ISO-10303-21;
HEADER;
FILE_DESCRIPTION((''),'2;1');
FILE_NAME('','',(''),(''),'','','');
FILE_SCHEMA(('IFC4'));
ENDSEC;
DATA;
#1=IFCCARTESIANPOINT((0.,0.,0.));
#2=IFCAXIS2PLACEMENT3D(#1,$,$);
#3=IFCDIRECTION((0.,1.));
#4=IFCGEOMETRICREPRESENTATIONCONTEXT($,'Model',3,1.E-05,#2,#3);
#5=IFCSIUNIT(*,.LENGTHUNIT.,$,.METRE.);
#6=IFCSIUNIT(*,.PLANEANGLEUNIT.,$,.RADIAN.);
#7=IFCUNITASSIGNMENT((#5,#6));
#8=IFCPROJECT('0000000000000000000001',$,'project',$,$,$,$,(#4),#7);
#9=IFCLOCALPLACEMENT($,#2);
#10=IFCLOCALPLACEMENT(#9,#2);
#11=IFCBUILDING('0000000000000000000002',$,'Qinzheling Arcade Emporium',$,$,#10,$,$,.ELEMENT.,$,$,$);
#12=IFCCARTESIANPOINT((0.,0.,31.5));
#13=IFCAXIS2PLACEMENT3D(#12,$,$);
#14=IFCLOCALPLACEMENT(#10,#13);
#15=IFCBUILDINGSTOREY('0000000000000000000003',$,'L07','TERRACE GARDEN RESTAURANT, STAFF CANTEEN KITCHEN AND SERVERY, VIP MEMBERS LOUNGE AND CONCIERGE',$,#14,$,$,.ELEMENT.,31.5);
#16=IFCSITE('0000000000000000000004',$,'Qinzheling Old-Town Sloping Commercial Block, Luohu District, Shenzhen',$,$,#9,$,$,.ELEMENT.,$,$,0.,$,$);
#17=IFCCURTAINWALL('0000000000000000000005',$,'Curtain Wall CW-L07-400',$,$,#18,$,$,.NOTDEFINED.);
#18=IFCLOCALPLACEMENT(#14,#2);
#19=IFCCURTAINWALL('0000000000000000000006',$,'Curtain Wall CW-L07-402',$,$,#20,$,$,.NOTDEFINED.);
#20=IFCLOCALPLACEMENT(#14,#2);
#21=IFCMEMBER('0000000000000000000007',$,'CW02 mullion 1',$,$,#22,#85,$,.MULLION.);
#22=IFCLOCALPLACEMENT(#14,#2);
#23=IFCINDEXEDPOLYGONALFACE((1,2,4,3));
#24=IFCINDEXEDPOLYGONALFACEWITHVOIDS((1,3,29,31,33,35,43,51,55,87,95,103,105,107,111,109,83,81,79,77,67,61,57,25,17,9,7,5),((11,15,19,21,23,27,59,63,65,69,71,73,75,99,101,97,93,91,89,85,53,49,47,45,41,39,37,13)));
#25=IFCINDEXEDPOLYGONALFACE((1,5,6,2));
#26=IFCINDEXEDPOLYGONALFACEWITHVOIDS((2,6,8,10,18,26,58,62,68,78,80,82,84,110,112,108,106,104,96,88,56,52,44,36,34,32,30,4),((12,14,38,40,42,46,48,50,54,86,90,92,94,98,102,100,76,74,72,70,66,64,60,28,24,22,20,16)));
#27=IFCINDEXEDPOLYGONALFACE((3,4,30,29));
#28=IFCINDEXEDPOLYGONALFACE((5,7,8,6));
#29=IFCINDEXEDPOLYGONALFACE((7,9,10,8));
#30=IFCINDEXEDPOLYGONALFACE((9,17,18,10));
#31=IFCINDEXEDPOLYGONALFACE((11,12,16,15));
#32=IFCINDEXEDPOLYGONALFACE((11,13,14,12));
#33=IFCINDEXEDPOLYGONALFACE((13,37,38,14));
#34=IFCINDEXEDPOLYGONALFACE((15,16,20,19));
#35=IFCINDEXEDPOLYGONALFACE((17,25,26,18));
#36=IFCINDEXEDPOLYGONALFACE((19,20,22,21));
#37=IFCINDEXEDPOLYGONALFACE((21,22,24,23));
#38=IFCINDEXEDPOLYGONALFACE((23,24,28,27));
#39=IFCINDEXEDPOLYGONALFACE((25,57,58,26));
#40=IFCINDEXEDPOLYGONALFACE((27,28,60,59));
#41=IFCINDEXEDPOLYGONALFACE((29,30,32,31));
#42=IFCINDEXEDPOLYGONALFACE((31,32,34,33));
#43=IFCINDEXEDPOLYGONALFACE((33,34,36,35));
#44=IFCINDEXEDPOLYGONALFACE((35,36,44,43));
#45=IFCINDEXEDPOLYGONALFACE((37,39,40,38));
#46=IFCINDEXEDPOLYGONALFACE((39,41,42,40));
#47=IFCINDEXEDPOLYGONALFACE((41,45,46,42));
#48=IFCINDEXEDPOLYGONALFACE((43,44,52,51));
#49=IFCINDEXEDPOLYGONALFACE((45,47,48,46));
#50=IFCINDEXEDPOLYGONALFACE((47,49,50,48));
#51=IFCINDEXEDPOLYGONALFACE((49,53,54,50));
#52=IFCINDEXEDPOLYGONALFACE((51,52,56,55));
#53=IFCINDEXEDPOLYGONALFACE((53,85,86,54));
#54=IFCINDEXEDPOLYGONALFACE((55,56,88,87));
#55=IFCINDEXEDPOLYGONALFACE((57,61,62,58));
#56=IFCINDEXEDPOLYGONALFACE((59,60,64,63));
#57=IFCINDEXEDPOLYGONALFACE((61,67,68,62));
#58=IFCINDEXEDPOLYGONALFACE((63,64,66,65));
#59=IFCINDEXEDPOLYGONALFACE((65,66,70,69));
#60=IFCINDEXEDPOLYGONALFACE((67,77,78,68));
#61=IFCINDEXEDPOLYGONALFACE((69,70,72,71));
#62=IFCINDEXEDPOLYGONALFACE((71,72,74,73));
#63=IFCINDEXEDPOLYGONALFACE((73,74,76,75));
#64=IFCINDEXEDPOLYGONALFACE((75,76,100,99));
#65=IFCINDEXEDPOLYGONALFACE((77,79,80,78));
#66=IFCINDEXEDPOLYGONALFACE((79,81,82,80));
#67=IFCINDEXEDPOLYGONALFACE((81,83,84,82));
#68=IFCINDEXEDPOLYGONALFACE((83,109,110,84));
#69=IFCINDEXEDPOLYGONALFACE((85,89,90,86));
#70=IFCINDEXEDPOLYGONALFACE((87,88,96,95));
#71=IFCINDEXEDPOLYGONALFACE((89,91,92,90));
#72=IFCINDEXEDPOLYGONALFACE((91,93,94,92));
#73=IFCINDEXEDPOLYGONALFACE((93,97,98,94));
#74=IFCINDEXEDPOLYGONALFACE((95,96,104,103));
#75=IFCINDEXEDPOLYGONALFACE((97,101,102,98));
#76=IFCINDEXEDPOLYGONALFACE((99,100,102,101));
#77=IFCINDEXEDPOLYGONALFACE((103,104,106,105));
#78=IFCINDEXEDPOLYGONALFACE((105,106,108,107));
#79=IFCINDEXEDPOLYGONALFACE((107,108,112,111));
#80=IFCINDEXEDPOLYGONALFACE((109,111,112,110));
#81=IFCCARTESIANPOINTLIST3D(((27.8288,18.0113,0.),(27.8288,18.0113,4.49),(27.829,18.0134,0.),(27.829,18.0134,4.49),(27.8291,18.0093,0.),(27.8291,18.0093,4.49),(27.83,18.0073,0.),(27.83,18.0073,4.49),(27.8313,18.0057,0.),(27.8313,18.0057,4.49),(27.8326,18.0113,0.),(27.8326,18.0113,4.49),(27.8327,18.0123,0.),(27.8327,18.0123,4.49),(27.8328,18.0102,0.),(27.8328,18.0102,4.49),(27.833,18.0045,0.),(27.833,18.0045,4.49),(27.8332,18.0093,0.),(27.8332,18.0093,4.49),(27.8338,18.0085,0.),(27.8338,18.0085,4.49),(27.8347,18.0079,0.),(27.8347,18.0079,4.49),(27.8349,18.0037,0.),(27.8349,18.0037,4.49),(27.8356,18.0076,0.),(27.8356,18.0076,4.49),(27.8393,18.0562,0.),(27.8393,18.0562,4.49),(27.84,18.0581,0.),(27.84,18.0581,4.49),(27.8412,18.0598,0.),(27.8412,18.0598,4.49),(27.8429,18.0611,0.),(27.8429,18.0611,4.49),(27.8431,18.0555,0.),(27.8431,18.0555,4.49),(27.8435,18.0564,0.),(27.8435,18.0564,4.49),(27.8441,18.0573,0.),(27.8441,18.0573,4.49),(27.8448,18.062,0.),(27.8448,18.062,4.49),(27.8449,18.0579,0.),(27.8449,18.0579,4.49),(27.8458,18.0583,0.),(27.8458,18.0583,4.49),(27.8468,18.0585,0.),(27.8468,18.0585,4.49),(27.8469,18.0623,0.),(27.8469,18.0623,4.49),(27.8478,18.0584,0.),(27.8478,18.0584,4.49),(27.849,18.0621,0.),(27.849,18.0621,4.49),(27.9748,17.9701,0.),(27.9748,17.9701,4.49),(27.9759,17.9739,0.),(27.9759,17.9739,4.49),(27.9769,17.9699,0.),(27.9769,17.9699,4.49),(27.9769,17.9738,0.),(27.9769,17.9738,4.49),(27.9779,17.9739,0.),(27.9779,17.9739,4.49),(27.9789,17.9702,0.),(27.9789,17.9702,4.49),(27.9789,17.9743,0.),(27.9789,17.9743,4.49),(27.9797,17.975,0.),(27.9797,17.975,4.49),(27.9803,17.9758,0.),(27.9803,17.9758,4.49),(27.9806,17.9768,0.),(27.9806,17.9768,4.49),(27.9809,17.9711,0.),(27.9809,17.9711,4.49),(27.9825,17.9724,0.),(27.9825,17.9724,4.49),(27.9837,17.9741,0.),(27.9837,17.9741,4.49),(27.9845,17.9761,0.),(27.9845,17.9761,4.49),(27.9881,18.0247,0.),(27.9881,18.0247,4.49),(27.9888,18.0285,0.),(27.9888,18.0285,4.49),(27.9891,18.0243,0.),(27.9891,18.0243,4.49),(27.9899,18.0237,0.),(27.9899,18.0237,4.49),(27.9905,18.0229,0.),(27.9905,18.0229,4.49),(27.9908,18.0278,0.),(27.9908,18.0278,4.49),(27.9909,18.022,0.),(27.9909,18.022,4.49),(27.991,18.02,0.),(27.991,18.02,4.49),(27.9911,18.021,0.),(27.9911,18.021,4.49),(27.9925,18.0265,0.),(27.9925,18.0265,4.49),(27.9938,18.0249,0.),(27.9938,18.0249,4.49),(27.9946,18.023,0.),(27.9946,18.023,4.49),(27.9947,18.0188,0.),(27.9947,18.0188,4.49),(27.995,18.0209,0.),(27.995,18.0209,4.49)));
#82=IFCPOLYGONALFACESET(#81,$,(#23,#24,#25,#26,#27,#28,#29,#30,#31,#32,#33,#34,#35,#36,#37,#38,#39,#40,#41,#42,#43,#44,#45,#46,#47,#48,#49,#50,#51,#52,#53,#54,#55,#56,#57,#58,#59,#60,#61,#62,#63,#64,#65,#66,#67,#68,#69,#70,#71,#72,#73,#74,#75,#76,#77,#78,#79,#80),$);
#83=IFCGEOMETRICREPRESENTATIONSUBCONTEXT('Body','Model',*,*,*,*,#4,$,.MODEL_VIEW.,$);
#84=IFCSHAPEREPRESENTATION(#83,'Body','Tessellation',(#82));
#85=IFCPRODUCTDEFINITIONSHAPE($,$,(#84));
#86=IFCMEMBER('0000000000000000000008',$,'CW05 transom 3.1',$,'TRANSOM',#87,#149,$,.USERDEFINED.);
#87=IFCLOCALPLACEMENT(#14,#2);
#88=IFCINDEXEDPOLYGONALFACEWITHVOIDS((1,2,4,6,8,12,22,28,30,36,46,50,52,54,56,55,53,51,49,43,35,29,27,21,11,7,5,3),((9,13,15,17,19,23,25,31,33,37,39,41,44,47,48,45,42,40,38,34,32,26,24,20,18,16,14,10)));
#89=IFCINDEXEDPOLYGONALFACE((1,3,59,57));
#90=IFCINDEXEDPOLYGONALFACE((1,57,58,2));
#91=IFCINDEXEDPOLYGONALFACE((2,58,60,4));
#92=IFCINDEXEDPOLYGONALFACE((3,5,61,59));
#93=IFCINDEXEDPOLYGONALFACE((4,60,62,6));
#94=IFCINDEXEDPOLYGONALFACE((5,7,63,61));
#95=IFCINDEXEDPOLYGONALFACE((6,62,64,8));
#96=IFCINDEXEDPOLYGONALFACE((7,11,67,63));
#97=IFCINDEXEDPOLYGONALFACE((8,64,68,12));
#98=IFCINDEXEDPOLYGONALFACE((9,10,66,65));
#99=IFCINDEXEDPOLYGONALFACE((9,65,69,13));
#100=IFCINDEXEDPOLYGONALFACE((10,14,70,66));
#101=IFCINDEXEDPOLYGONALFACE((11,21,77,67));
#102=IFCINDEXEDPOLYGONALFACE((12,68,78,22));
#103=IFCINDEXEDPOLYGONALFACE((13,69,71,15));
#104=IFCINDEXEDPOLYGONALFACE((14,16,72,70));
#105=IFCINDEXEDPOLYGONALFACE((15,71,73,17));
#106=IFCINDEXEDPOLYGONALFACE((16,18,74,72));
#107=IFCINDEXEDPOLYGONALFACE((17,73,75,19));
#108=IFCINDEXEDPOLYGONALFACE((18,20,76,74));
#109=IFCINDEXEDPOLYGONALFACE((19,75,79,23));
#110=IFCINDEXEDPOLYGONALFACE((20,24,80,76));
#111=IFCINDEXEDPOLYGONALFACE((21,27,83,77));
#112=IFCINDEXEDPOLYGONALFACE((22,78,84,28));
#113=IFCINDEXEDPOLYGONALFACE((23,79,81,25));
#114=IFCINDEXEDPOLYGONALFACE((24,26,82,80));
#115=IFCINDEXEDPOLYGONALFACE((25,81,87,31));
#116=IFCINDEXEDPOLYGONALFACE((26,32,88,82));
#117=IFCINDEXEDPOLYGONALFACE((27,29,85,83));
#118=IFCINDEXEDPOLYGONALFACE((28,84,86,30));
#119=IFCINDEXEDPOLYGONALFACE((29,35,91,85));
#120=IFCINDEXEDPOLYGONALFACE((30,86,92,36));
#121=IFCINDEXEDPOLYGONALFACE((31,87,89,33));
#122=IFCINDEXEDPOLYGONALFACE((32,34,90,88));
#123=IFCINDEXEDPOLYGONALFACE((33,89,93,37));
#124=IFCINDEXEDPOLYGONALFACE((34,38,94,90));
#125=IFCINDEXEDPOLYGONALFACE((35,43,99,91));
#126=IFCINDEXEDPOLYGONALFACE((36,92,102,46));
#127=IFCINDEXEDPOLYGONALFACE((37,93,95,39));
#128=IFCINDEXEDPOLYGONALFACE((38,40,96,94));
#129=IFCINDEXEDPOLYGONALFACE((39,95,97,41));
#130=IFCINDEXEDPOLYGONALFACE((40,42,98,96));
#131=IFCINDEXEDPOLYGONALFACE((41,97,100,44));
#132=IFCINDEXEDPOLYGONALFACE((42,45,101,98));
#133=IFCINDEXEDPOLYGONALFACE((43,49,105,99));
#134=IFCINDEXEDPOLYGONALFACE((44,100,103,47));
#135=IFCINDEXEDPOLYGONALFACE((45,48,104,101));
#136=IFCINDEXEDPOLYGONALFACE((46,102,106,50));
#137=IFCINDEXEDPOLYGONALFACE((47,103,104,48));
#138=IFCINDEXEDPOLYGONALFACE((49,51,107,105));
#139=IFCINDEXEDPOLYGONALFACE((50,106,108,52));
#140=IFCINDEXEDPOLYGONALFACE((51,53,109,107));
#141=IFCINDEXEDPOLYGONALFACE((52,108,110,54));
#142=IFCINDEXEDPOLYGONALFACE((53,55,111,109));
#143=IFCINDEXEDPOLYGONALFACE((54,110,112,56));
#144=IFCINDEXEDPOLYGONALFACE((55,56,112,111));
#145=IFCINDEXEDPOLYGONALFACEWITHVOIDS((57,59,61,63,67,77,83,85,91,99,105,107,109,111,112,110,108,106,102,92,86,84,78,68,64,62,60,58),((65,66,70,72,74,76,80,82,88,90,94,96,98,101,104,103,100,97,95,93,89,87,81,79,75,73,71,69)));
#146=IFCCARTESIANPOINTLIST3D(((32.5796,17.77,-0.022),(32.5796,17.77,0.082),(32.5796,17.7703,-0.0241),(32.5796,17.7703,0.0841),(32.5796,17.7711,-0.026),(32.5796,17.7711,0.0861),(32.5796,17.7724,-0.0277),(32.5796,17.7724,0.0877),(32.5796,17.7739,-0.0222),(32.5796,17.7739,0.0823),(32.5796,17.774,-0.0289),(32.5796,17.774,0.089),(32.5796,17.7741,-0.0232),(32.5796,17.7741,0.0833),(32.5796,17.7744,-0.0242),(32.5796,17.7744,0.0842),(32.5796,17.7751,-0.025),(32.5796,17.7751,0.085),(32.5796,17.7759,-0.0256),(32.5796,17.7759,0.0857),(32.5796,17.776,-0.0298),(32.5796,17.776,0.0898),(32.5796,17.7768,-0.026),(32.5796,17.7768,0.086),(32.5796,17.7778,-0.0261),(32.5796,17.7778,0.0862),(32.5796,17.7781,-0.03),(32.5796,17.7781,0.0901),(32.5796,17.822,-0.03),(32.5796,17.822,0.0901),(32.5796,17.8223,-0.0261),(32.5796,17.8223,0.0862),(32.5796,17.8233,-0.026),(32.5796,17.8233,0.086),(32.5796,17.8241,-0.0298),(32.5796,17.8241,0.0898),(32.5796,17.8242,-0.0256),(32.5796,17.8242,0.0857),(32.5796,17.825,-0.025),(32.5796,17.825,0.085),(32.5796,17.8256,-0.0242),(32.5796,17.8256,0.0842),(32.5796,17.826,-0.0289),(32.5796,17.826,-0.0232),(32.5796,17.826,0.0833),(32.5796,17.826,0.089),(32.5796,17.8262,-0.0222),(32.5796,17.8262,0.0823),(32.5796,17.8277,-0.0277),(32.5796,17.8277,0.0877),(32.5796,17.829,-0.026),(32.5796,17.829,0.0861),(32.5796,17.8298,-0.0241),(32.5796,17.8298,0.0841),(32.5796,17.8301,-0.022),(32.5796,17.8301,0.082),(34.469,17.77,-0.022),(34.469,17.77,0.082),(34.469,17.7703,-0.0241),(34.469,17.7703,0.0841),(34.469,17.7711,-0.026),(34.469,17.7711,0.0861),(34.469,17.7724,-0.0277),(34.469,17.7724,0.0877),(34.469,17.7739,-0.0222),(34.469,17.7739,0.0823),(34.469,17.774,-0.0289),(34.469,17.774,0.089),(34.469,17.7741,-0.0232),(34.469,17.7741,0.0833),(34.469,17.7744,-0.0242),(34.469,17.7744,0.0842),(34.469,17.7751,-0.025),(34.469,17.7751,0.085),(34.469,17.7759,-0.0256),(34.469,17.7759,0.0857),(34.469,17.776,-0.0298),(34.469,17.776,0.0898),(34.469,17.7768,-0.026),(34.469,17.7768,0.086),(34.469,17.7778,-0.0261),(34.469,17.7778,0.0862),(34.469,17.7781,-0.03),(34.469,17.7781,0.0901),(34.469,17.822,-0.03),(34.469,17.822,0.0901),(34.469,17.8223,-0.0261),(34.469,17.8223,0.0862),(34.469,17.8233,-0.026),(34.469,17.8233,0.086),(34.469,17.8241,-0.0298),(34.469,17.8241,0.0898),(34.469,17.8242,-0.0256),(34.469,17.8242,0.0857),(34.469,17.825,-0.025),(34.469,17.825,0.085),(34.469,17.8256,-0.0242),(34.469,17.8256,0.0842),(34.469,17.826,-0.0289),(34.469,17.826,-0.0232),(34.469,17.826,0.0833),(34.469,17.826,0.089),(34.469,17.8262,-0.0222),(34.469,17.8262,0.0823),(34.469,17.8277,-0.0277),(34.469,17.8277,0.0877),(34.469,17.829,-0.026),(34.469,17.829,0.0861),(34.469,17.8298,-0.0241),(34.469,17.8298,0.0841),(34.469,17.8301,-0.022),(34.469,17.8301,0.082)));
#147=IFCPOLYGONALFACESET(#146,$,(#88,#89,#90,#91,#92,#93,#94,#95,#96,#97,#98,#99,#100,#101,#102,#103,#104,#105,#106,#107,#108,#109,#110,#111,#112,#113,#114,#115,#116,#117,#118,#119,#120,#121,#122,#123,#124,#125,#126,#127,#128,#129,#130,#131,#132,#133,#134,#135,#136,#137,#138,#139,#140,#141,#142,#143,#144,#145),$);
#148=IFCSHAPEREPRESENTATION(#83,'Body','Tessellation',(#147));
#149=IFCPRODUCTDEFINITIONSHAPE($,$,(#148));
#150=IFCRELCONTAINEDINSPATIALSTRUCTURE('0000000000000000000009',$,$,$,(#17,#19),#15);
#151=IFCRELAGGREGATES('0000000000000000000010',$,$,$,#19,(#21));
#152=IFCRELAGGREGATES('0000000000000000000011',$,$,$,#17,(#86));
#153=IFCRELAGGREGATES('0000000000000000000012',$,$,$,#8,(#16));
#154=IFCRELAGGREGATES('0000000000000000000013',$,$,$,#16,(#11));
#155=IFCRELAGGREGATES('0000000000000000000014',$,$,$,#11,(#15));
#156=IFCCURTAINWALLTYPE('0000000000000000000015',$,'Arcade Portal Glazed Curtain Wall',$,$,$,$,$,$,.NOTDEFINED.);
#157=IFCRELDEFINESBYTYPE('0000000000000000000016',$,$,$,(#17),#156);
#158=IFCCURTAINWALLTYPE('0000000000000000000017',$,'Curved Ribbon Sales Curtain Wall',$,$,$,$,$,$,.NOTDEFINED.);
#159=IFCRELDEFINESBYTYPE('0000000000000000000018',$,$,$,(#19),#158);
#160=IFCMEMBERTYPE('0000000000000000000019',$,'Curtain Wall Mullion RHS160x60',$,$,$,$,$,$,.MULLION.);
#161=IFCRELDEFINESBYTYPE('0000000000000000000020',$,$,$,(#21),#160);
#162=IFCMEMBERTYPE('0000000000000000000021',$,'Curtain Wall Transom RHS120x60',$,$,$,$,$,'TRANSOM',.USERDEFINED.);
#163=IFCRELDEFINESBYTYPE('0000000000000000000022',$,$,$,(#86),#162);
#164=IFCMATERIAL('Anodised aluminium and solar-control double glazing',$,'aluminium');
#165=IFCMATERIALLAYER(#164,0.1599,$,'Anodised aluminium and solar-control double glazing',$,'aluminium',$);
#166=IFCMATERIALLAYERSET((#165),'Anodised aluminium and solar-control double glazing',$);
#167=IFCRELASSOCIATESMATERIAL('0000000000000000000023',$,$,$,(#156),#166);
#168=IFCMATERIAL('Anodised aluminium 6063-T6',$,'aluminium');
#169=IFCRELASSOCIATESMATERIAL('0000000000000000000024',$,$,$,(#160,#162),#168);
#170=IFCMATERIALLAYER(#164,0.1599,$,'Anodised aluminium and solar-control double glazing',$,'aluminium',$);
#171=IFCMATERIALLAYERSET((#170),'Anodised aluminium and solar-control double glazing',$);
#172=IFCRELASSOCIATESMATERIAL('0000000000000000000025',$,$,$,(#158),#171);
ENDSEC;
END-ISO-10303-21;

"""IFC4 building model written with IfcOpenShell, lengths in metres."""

from ifc_helpers import new_model, si_unit, direction, frame, origin, origin_2d, place, context, subcontext, project, spatial, hollow_rectangle, extrude, material, layer, layer_set, material_profile, profile_set, type_object, element, aggregate, save


model = new_model("IFC4")

# Units and contexts
model_context = context("Model", 3, precision=1e-05, world=origin(), true_north=direction((0.0, 1.0)))
body_context = subcontext(model_context, "Body", "Model", "MODEL_VIEW")
ifc_project = project(units=[si_unit("LENGTHUNIT", "METRE"), si_unit("PLANEANGLEUNIT", "RADIAN")], contexts=[model_context])

# Site, building, storey
site_placement = place(None, origin())
site = spatial("IfcSite", under=ifc_project, at=site_placement, Name="Qinzheling Old-Town Sloping Commercial Block, Luohu District, Shenzhen", CompositionType="ELEMENT", RefElevation=0.0)
building_placement = place(site_placement, origin())
building = spatial("IfcBuilding", under=site, at=building_placement, Name="Qinzheling Arcade Emporium", CompositionType="ELEMENT")
storey_placement = place(building_placement, frame((0.0, 0.0, 31.5)))
storey = spatial("IfcBuildingStorey", under=building, at=storey_placement, Name="L07", Description="TERRACE GARDEN RESTAURANT, STAFF CANTEEN KITCHEN AND SERVERY, VIP MEMBERS LOUNGE AND CONCIERGE", CompositionType="ELEMENT", Elevation=31.5)

# Curtain wall
ifc_material_1 = material(Name="Anodised aluminium and solar-control double glazing", Category="aluminium")
ifc_layer_1 = layer(ifc_material_1, 0.1599, Name="Anodised aluminium and solar-control double glazing", Category="aluminium")
ifc_layer_set_1 = layer_set([ifc_layer_1], Name="Anodised aluminium and solar-control double glazing")
curtain_wall_type_1 = type_object("IfcCurtainWallType", Name="Arcade Portal Glazed Curtain Wall", PredefinedType="NOTDEFINED", material=ifc_layer_set_1)
curtain_wall_1_placement = place(storey_placement, origin())
curtain_wall_1 = element("IfcCurtainWall", 1, at=curtain_wall_1_placement, inside=storey, type_object=curtain_wall_type_1, Name="Curtain Wall CW-L07-400", PredefinedType="NOTDEFINED")
ifc_material_2 = material(Name="Anodised aluminium 6063-T6", Category="aluminium")
ifc_material_profile_1 = material_profile(ifc_material_2, hollow_rectangle(XDim=0.0601, YDim=0.1599, WallThickness=0.0039, InnerFilletRadius=0.0039, OuterFilletRadius=0.0081, at=origin_2d()), Name="RHS 160x60x4", Category="aluminium")
ifc_profile_set_1 = profile_set([ifc_material_profile_1], Name="Anodised aluminium 6063-T6")
member_type_1 = type_object("IfcMemberType", Name="Curtain Wall Mullion RHS160x60", PredefinedType="MULLION", material=ifc_profile_set_1)

# Curtain wall, member
ifc_layer_2 = layer(ifc_material_1, 0.1599, Name="Anodised aluminium and solar-control double glazing", Category="aluminium")
ifc_layer_set_2 = layer_set([ifc_layer_2], Name="Anodised aluminium and solar-control double glazing")
curtain_wall_type_2 = type_object("IfcCurtainWallType", Name="Curved Ribbon Sales Curtain Wall", PredefinedType="NOTDEFINED", material=ifc_layer_set_2)
curtain_wall_2_placement = place(storey_placement, origin())
curtain_wall_2 = element("IfcCurtainWall", 2, at=curtain_wall_2_placement, inside=storey, type_object=curtain_wall_type_2, Name="Curtain Wall CW-L07-402", PredefinedType="NOTDEFINED")
member_1_placement = place(storey_placement, frame((27.9119, 18.0161, 0.0), z_axis=(0.0, 0.0, 1.0), x_axis=(-0.233529, -0.97235, 0.0)))
member_1 = element("IfcMember", 3, at=member_1_placement, type_object=member_type_1, Name="CW02 mullion 1", PredefinedType="MULLION", context=body_context, shape_type="SweptSolid", body=[
    extrude(hollow_rectangle(XDim=0.0601, YDim=0.1599, WallThickness=0.0039, InnerFilletRadius=0.0039, OuterFilletRadius=0.0081, at=origin_2d()), origin(), (0.0, 0.0, 1.0), 4.49),
])

# Member
ifc_material_profile_2 = material_profile(ifc_material_2, hollow_rectangle(XDim=0.0601, YDim=0.1201, WallThickness=0.0039, InnerFilletRadius=0.0039, OuterFilletRadius=0.0081, at=origin_2d()), Name="RHS 120x60x4", Category="aluminium")
ifc_profile_set_2 = profile_set([ifc_material_profile_2], Name="Anodised aluminium 6063-T6")
member_type_2 = type_object("IfcMemberType", Name="Curtain Wall Transom RHS120x60", ElementType="TRANSOM", PredefinedType="USERDEFINED", material=ifc_profile_set_2)
member_2_placement = place(storey_placement, frame((34.469, 17.8, 0.03), z_axis=(-1.0, 0.0, 0.0), x_axis=(0.0, -1.0, 0.0)))
member_2 = element("IfcMember", 4, at=member_2_placement, type_object=member_type_2, Name="CW05 transom 3.1", ObjectType="TRANSOM", PredefinedType="USERDEFINED", context=body_context, shape_type="SweptSolid", body=[
    extrude(hollow_rectangle(XDim=0.0601, YDim=0.1201, WallThickness=0.0039, InnerFilletRadius=0.0039, OuterFilletRadius=0.0081, at=origin_2d()), origin(), (0.0, 0.0, 1.0), 1.8894),
])
aggregate(curtain_wall_2, [member_1])

aggregate(curtain_wall_1, [member_2])

save(model, "model.ifc")
